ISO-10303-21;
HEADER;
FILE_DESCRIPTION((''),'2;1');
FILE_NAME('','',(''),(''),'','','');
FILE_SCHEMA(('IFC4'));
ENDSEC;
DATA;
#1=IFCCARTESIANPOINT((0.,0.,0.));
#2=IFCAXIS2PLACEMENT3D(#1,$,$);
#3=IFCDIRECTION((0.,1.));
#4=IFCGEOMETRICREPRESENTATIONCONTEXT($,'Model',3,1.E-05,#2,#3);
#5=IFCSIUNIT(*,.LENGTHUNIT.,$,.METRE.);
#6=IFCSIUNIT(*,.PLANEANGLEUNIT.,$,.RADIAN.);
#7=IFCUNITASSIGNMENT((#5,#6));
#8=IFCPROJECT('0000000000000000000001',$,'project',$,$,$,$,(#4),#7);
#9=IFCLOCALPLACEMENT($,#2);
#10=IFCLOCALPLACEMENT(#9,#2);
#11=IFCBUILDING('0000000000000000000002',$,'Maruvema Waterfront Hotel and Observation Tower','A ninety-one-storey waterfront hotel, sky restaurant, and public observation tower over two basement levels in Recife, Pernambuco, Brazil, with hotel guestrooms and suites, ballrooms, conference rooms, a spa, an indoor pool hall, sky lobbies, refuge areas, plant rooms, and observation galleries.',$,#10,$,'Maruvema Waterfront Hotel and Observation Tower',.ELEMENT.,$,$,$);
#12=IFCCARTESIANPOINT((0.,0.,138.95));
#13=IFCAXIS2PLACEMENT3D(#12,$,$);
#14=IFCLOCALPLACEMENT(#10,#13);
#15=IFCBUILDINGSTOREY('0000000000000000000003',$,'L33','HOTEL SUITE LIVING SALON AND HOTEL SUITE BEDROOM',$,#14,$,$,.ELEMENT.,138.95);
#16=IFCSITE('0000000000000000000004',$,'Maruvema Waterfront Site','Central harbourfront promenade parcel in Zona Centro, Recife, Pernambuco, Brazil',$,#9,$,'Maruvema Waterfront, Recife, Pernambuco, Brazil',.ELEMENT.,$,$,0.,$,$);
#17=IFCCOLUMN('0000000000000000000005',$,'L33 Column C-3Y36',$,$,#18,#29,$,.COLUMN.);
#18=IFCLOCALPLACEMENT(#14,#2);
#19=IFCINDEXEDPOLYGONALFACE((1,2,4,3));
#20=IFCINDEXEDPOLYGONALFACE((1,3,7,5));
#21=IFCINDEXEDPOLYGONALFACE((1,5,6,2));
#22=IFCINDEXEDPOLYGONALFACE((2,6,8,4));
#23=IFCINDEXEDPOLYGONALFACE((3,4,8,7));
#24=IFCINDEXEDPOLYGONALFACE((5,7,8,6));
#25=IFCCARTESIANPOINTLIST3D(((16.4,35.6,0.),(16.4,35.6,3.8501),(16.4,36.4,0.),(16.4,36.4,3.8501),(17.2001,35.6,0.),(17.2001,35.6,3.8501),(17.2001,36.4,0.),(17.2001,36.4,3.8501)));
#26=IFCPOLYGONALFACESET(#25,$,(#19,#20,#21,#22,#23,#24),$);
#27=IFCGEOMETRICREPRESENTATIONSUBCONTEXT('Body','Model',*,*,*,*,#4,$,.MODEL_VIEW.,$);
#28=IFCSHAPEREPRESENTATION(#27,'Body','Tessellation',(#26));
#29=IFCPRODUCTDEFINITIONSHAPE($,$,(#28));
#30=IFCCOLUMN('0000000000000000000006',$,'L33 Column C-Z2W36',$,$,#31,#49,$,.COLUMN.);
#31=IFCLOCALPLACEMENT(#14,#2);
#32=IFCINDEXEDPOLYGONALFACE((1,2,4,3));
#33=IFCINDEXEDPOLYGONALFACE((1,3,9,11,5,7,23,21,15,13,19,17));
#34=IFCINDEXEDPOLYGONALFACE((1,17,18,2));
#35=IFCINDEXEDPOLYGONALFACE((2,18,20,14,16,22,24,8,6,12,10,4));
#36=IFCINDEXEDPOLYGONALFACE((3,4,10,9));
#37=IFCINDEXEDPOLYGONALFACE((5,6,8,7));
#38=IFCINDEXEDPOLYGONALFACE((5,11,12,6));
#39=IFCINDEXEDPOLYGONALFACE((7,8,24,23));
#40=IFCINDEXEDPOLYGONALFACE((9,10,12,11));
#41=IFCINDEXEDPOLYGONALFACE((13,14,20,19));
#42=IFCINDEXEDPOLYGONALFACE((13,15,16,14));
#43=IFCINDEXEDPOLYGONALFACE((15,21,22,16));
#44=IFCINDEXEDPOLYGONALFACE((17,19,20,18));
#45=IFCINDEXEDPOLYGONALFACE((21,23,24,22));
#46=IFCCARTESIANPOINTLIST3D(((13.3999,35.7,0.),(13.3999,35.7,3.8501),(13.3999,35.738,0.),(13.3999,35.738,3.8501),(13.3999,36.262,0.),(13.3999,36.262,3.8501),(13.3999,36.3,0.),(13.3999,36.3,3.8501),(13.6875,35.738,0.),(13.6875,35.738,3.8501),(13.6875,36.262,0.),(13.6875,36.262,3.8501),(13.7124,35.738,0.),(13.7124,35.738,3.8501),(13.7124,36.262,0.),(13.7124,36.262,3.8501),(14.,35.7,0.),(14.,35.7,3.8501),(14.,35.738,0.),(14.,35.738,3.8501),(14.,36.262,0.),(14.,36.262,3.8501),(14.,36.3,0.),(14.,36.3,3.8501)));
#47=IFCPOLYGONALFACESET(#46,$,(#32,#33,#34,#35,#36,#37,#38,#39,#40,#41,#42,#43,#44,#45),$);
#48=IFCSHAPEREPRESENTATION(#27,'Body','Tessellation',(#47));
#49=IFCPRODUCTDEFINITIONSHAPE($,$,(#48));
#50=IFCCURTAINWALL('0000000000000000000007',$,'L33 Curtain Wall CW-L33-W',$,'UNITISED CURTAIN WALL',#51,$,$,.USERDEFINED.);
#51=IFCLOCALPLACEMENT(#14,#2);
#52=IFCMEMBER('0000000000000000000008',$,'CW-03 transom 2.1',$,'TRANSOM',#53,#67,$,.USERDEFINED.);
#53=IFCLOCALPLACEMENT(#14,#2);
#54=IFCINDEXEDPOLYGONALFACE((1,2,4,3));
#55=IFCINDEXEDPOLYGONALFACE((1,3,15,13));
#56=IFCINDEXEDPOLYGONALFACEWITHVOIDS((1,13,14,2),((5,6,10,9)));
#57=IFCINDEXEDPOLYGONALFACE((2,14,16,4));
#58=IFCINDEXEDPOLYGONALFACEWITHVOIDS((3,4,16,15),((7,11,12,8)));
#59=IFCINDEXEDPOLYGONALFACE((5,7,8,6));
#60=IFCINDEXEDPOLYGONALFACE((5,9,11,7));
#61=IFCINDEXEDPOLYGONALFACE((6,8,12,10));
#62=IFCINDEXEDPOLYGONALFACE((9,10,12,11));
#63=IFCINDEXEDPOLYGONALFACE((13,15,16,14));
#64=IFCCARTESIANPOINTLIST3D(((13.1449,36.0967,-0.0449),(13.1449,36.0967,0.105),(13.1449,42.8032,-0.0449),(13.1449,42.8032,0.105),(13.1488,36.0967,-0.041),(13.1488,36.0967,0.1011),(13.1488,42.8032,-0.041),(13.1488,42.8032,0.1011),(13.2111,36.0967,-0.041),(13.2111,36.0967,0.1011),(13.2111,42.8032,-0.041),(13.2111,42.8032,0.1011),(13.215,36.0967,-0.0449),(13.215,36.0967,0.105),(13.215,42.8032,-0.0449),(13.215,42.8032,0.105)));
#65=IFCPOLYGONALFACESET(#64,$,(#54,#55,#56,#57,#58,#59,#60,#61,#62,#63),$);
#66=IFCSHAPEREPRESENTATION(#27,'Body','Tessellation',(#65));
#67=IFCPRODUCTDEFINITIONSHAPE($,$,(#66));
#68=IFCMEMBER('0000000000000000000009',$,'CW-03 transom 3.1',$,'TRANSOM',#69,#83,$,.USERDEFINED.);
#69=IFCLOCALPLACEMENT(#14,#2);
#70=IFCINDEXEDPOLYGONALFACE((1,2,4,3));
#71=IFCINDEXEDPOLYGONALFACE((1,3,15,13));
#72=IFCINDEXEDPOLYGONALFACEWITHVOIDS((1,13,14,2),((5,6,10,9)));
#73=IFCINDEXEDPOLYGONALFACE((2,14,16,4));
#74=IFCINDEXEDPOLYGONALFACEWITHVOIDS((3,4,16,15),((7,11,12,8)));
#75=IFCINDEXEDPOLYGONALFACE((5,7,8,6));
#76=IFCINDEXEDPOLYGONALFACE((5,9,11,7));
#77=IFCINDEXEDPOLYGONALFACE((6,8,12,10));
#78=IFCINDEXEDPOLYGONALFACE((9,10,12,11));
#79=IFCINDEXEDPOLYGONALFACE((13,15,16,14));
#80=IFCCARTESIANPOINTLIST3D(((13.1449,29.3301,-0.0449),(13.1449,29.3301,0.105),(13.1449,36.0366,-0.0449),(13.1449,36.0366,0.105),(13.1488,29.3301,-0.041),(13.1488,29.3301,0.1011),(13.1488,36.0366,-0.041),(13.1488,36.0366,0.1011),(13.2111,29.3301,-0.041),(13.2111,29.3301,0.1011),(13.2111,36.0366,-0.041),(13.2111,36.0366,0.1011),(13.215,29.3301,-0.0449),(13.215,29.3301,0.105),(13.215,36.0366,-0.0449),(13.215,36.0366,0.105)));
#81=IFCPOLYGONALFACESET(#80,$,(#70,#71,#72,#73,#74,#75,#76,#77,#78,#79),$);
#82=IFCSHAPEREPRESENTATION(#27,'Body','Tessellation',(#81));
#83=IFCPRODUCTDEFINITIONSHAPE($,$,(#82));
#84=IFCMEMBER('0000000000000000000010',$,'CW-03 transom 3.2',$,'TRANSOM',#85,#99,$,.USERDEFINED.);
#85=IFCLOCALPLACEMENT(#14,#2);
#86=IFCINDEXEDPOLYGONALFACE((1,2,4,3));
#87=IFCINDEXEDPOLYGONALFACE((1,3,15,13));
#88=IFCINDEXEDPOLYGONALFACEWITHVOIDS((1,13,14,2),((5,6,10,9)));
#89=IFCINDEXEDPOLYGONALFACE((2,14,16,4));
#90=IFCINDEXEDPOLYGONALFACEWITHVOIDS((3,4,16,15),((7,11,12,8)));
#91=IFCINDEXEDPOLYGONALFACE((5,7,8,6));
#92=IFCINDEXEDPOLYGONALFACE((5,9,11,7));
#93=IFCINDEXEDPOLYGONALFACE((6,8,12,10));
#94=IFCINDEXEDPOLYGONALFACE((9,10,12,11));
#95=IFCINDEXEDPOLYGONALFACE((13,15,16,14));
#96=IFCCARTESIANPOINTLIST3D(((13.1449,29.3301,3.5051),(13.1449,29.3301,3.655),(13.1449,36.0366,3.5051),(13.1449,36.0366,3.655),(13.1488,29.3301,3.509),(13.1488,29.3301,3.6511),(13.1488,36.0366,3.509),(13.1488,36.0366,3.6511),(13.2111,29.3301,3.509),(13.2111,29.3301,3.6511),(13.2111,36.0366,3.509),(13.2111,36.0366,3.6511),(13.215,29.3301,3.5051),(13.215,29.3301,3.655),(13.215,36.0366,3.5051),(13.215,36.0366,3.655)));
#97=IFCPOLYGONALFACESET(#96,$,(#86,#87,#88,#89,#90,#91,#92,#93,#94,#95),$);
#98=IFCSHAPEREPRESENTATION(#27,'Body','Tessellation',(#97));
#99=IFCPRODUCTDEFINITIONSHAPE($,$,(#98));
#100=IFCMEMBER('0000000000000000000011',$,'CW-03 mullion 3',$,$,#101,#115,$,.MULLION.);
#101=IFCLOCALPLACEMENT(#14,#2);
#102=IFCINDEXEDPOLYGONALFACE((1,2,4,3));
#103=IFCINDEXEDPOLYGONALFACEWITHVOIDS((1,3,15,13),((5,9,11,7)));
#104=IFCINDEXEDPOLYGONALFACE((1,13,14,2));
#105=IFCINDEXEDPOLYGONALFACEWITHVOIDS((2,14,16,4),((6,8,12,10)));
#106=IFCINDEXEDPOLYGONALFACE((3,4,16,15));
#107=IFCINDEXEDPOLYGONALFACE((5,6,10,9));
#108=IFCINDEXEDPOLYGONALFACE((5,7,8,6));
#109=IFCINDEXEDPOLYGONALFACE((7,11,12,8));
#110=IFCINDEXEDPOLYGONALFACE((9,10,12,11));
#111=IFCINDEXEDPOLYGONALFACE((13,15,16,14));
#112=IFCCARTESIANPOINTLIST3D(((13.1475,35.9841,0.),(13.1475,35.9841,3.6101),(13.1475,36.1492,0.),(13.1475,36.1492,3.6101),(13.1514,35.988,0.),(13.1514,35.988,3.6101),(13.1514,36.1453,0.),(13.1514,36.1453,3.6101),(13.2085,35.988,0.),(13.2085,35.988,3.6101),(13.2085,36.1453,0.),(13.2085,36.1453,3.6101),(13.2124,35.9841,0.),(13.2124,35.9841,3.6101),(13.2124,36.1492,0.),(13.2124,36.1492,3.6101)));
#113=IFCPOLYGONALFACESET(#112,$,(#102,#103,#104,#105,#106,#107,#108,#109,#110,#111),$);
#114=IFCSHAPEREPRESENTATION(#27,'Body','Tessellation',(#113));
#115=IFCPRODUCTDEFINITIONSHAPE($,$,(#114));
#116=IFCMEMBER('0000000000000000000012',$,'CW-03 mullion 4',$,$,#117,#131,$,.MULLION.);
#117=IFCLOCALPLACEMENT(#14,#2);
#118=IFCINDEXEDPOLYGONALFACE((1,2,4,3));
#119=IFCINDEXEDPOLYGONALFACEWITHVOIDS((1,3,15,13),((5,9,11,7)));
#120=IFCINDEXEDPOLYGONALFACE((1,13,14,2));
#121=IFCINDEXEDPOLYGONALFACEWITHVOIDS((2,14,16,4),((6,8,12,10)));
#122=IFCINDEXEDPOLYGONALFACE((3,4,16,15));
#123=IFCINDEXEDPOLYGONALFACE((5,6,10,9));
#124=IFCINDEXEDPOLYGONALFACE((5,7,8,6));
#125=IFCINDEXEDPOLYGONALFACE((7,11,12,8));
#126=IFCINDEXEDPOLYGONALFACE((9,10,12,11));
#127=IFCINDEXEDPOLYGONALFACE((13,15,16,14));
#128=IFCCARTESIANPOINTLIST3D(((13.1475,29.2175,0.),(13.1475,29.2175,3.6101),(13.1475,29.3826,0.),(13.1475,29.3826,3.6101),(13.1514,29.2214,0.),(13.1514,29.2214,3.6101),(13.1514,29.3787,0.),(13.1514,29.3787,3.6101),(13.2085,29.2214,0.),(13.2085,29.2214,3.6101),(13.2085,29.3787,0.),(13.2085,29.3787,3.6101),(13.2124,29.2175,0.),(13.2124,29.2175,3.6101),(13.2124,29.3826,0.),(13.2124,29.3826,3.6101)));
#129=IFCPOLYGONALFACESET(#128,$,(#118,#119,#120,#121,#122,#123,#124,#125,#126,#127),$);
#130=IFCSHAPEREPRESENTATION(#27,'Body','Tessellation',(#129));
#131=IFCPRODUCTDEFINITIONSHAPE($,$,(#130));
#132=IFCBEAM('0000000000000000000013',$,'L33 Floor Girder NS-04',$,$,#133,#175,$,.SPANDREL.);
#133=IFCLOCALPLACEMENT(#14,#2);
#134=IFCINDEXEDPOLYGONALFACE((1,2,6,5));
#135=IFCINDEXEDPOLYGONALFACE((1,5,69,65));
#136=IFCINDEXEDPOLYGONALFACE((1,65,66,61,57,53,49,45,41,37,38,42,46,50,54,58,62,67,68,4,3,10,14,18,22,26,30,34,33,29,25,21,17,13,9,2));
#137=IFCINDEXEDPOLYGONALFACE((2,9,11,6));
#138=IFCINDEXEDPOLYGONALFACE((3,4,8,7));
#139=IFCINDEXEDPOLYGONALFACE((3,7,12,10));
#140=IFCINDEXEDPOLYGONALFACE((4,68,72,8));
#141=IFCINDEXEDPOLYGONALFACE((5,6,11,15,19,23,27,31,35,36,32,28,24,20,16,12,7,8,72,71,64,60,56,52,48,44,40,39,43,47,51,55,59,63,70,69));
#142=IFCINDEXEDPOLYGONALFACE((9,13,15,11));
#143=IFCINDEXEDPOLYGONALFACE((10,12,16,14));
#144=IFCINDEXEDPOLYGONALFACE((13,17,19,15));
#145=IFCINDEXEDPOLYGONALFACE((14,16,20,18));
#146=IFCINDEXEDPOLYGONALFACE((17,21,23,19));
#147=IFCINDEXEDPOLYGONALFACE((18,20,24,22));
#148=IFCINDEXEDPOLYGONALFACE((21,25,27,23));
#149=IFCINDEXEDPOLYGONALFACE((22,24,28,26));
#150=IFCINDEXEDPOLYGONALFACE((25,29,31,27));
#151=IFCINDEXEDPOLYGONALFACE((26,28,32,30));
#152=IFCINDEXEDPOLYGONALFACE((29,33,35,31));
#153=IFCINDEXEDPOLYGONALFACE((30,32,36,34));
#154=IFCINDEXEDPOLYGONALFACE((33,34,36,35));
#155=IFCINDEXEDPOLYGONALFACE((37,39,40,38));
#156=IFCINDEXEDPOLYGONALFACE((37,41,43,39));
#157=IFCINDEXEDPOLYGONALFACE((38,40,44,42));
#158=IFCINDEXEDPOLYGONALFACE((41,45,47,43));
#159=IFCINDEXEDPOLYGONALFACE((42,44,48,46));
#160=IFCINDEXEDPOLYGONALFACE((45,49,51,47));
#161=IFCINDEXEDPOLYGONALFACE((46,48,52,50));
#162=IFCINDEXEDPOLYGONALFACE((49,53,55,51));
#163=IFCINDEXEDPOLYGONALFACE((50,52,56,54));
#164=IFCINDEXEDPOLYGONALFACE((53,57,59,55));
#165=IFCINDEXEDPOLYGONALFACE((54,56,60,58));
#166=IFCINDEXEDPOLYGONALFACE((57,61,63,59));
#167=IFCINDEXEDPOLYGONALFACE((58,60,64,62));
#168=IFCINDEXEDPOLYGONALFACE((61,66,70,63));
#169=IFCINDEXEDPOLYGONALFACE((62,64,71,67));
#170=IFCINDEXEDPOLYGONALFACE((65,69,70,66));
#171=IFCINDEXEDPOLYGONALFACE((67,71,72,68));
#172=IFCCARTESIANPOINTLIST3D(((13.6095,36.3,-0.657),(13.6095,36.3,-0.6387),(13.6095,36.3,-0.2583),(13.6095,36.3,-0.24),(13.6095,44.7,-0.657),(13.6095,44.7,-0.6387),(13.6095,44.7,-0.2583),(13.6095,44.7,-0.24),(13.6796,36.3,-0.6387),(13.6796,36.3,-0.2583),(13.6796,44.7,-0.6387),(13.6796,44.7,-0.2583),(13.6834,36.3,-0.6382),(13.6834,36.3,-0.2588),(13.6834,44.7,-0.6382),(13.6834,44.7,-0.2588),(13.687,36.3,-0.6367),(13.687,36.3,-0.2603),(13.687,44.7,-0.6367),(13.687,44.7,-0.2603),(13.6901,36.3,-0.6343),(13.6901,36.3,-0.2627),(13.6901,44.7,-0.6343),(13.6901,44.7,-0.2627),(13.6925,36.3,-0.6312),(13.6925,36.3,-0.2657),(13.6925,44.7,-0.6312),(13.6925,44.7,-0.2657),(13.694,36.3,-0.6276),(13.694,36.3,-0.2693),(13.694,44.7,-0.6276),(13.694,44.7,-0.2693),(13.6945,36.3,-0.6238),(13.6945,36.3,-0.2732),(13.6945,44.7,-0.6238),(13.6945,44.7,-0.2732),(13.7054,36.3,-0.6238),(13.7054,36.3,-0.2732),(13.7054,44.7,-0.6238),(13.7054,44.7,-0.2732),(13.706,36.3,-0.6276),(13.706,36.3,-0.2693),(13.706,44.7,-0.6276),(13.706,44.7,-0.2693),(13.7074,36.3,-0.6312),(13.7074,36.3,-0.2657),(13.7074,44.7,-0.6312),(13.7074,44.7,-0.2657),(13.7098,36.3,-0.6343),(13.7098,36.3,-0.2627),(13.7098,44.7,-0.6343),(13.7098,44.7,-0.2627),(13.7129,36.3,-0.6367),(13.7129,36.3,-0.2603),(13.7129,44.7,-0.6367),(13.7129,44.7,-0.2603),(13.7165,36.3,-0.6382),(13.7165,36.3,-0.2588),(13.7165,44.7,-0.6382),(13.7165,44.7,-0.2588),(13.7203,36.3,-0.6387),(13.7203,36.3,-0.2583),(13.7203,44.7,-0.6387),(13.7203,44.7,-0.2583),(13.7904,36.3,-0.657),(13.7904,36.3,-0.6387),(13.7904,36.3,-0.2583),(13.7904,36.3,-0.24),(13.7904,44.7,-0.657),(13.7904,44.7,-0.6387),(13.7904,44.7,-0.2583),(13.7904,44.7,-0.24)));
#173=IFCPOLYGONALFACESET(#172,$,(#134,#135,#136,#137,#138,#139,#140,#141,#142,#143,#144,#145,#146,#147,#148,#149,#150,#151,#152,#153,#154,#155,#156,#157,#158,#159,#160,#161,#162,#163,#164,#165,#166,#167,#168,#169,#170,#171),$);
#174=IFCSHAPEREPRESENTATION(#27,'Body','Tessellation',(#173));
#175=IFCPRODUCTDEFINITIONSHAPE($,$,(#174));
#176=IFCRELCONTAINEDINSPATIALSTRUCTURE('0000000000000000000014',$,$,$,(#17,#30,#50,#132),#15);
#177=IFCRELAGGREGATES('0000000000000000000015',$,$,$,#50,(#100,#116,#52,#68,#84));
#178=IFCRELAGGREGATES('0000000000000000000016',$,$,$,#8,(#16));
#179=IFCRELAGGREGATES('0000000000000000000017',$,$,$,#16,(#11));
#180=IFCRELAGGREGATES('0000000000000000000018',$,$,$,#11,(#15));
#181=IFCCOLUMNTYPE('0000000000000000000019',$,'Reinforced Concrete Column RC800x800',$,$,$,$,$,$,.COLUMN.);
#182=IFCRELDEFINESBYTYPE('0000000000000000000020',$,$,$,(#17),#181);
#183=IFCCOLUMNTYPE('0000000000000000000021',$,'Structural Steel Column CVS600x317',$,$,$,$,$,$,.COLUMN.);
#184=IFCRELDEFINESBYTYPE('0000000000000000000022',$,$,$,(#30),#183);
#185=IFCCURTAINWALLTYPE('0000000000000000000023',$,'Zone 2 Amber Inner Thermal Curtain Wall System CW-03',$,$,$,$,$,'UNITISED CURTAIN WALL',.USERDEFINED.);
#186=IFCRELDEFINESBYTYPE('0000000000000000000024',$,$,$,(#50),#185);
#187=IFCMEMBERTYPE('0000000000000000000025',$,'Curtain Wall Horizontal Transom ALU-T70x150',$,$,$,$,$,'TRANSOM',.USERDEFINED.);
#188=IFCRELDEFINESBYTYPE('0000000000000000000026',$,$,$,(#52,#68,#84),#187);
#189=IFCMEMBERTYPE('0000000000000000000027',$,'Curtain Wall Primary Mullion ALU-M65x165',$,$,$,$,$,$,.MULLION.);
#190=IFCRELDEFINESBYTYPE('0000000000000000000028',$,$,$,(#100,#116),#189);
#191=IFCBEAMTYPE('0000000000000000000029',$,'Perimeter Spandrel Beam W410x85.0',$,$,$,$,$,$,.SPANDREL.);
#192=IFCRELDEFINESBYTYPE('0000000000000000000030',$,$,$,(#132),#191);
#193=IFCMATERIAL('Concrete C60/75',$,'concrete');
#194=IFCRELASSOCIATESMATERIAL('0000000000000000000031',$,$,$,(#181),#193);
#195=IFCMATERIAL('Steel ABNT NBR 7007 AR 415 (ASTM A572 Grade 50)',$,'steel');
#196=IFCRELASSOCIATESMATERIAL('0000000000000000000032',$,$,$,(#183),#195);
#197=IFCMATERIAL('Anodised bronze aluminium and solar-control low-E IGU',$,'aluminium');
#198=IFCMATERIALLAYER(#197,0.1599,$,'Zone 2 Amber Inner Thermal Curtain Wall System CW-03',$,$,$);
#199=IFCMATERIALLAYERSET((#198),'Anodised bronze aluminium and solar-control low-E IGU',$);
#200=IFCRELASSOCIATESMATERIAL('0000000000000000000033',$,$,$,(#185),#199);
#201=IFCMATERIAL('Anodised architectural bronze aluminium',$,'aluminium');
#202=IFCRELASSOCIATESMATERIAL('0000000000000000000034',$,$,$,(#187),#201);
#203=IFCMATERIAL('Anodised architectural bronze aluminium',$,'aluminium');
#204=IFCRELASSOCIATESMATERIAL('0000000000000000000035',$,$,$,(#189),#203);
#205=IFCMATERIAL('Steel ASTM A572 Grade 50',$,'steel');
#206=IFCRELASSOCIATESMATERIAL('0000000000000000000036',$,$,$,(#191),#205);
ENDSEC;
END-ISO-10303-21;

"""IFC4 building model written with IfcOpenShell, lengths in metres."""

from ifc_helpers import new_model, si_unit, direction, frame, origin, origin_2d, place, context, subcontext, project, spatial, rectangle, hollow_rectangle, i_section, extrude, material, layer, layer_set, material_profile, profile_set, type_object, element, aggregate, save


model = new_model("IFC4")

# Units and contexts
model_context = context("Model", 3, precision=1e-05, world=origin(), true_north=direction((0.0, 1.0)))
body_context = subcontext(model_context, "Body", "Model", "MODEL_VIEW")
ifc_project = project(units=[si_unit("LENGTHUNIT", "METRE"), si_unit("PLANEANGLEUNIT", "RADIAN")], contexts=[model_context])

# Site, building, storey
site_placement = place(None, origin())
site = spatial("IfcSite", under=ifc_project, at=site_placement, Name="Maruvema Waterfront Site", Description="Central harbourfront promenade parcel in Zona Centro, Recife, Pernambuco, Brazil", LongName="Maruvema Waterfront, Recife, Pernambuco, Brazil", CompositionType="ELEMENT", RefElevation=0.0)
building_placement = place(site_placement, origin())
building = spatial("IfcBuilding", under=site, at=building_placement, Name="Maruvema Waterfront Hotel and Observation Tower", Description="A ninety-one-storey waterfront hotel, sky restaurant, and public observation tower over two basement levels in Recife, Pernambuco, Brazil, with hotel guestrooms and suites, ballrooms, conference rooms, a spa, an indoor pool hall, sky lobbies, refuge areas, plant rooms, and observation galleries.", LongName="Maruvema Waterfront Hotel and Observation Tower", CompositionType="ELEMENT")
storey_placement = place(building_placement, frame((0.0, 0.0, 138.95)))
storey = spatial("IfcBuildingStorey", under=building, at=storey_placement, Name="L33", Description="HOTEL SUITE LIVING SALON AND HOTEL SUITE BEDROOM", CompositionType="ELEMENT", Elevation=138.95)

# Columns
ifc_material_1 = material(Name="Concrete C60/75", Category="concrete")
ifc_material_profile_1 = material_profile(ifc_material_1, rectangle(XDim=0.8, YDim=0.8, at=origin_2d()), Name="RC800x800")
ifc_profile_set_1 = profile_set([ifc_material_profile_1], Name="Concrete C60/75")
column_type_1 = type_object("IfcColumnType", Name="Reinforced Concrete Column RC800x800", PredefinedType="COLUMN", material=ifc_profile_set_1)
column_1_placement = place(storey_placement, frame((16.8, 36.0, 0.0), z_axis=(0.0, 0.0, 1.0), x_axis=(1.0, 0.0, 0.0)))
element("IfcColumn", 1, at=column_1_placement, inside=storey, type_object=column_type_1, Name="L33 Column C-3Y36", PredefinedType="COLUMN", context=body_context, shape_type="SweptSolid", body=[
    extrude(rectangle(XDim=0.8, YDim=0.8, at=origin_2d()), origin(), (0.0, 0.0, 1.0), 3.8501),
])
ifc_material_2 = material(Name="Steel ABNT NBR 7007 AR 415 (ASTM A572 Grade 50)", Category="steel")
ifc_material_profile_2 = material_profile(ifc_material_2, i_section(OverallWidth=0.6001, OverallDepth=0.6001, WebThickness=0.0249, FlangeThickness=0.0381, at=origin_2d()), Name="CVS600x317")
ifc_profile_set_2 = profile_set([ifc_material_profile_2], Name="Steel ABNT NBR 7007 AR 415 (ASTM A572 Grade 50)")
column_type_2 = type_object("IfcColumnType", Name="Structural Steel Column CVS600x317", PredefinedType="COLUMN", material=ifc_profile_set_2)
column_2_placement = place(storey_placement, frame((13.7, 36.0, 0.0), z_axis=(0.0, 0.0, 1.0), x_axis=(1.0, 0.0, 0.0)))
element("IfcColumn", 2, at=column_2_placement, inside=storey, type_object=column_type_2, Name="L33 Column C-Z2W36", PredefinedType="COLUMN", context=body_context, shape_type="SweptSolid", body=[
    extrude(i_section(OverallWidth=0.6001, OverallDepth=0.6001, WebThickness=0.0249, FlangeThickness=0.0381, at=origin_2d()), origin(), (0.0, 0.0, 1.0), 3.8501),
])

# Curtain wall, members
ifc_material_3 = material(Name="Anodised bronze aluminium and solar-control low-E IGU", Category="aluminium")
ifc_layer_1 = layer(ifc_material_3, 0.1599, Name="Zone 2 Amber Inner Thermal Curtain Wall System CW-03")
ifc_layer_set_1 = layer_set([ifc_layer_1], Name="Anodised bronze aluminium and solar-control low-E IGU")
curtain_wall_type = type_object("IfcCurtainWallType", Name="Zone 2 Amber Inner Thermal Curtain Wall System CW-03", ElementType="UNITISED CURTAIN WALL", PredefinedType="USERDEFINED", material=ifc_layer_set_1)
curtain_wall_placement = place(storey_placement, origin())
curtain_wall = element("IfcCurtainWall", 3, at=curtain_wall_placement, inside=storey, type_object=curtain_wall_type, Name="L33 Curtain Wall CW-L33-W", ObjectType="UNITISED CURTAIN WALL", PredefinedType="USERDEFINED")
ifc_material_4 = material(Name="Anodised architectural bronze aluminium", Category="aluminium")
ifc_material_profile_3 = material_profile(ifc_material_4, hollow_rectangle(XDim=0.0701, YDim=0.1499, WallThickness=0.0039, at=origin_2d()), Name="ALU-T70x150")
ifc_profile_set_3 = profile_set([ifc_material_profile_3], Name="Anodised architectural bronze aluminium")
member_type_1 = type_object("IfcMemberType", Name="Curtain Wall Horizontal Transom ALU-T70x150", ElementType="TRANSOM", PredefinedType="USERDEFINED", material=ifc_profile_set_3)
member_1_placement = place(storey_placement, frame((13.1799, 42.8032, 0.03), z_axis=(0.0, -1.0, 0.0), x_axis=(1.0, 0.0, 0.0)))
member_1 = element("IfcMember", 4, at=member_1_placement, type_object=member_type_1, Name="CW-03 transom 2.1", ObjectType="TRANSOM", PredefinedType="USERDEFINED", context=body_context, shape_type="SweptSolid", body=[
    extrude(hollow_rectangle(XDim=0.0701, YDim=0.1499, WallThickness=0.0039, at=origin_2d()), origin(), (0.0, 0.0, 1.0), 6.7065),
])
member_2_placement = place(storey_placement, frame((13.1799, 36.0366, 0.03), z_axis=(0.0, -1.0, 0.0), x_axis=(1.0, 0.0, 0.0)))
member_2 = element("IfcMember", 5, at=member_2_placement, type_object=member_type_1, Name="CW-03 transom 3.1", ObjectType="TRANSOM", PredefinedType="USERDEFINED", context=body_context, shape_type="SweptSolid", body=[
    extrude(hollow_rectangle(XDim=0.0701, YDim=0.1499, WallThickness=0.0039, at=origin_2d()), origin(), (0.0, 0.0, 1.0), 6.7065),
])
member_3_placement = place(storey_placement, frame((13.1799, 36.0366, 3.5801), z_axis=(0.0, -1.0, 0.0), x_axis=(1.0, 0.0, 0.0)))
member_3 = element("IfcMember", 6, at=member_3_placement, type_object=member_type_1, Name="CW-03 transom 3.2", ObjectType="TRANSOM", PredefinedType="USERDEFINED", context=body_context, shape_type="SweptSolid", body=[
    extrude(hollow_rectangle(XDim=0.0701, YDim=0.1499, WallThickness=0.0039, at=origin_2d()), origin(), (0.0, 0.0, 1.0), 6.7065),
])
ifc_material_5 = material(Name="Anodised architectural bronze aluminium", Category="aluminium")
ifc_material_profile_4 = material_profile(ifc_material_5, hollow_rectangle(XDim=0.0649, YDim=0.165, WallThickness=0.0039, at=origin_2d()), Name="ALU-M65x165")
ifc_profile_set_4 = profile_set([ifc_material_profile_4], Name="Anodised architectural bronze aluminium")
member_type_2 = type_object("IfcMemberType", Name="Curtain Wall Primary Mullion ALU-M65x165", PredefinedType="MULLION", material=ifc_profile_set_4)
member_4_placement = place(storey_placement, frame((13.1799, 36.0667, 0.0), z_axis=(0.0, 0.0, 1.0), x_axis=(1.0, 0.0, 0.0)))
member_4 = element("IfcMember", 7, at=member_4_placement, type_object=member_type_2, Name="CW-03 mullion 3", PredefinedType="MULLION", context=body_context, shape_type="SweptSolid", body=[
    extrude(hollow_rectangle(XDim=0.0649, YDim=0.165, WallThickness=0.0039, at=origin_2d()), origin(), (0.0, 0.0, 1.0), 3.6101),
])
member_5_placement = place(storey_placement, frame((13.1799, 29.3, 0.0), z_axis=(0.0, 0.0, 1.0), x_axis=(1.0, 0.0, 0.0)))
member_5 = element("IfcMember", 8, at=member_5_placement, type_object=member_type_2, Name="CW-03 mullion 4", PredefinedType="MULLION", context=body_context, shape_type="SweptSolid", body=[
    extrude(hollow_rectangle(XDim=0.0649, YDim=0.165, WallThickness=0.0039, at=origin_2d()), origin(), (0.0, 0.0, 1.0), 3.6101),
])

# Beam
ifc_material_6 = material(Name="Steel ASTM A572 Grade 50", Category="steel")
ifc_material_profile_5 = material_profile(ifc_material_6, i_section(OverallWidth=0.1809, OverallDepth=0.417, WebThickness=0.011, FlangeThickness=0.0183, FilletRadius=0.0149, at=origin_2d()), Name="W410x85.0")
ifc_profile_set_5 = profile_set([ifc_material_profile_5], Name="Steel ASTM A572 Grade 50")
beam_type_1 = type_object("IfcBeamType", Name="Perimeter Spandrel Beam W410x85.0", PredefinedType="SPANDREL", material=ifc_profile_set_5)
beam_1_placement = place(storey_placement, frame((13.7, 36.3, -0.4485), z_axis=(0.0, 1.0, 0.0), x_axis=(-1.0, 0.0, 0.0)))
element("IfcBeam", 9, at=beam_1_placement, inside=storey, type_object=beam_type_1, Name="L33 Floor Girder NS-04", PredefinedType="SPANDREL", context=body_context, shape_type="SweptSolid", body=[
    extrude(i_section(OverallWidth=0.1809, OverallDepth=0.417, WebThickness=0.011, FlangeThickness=0.0183, FilletRadius=0.0149, at=origin_2d()), origin(), (0.0, 0.0, 1.0), 8.3999),
])

aggregate(curtain_wall, [member_4, member_5, member_1, member_2, member_3])

save(model, "model.ifc")
